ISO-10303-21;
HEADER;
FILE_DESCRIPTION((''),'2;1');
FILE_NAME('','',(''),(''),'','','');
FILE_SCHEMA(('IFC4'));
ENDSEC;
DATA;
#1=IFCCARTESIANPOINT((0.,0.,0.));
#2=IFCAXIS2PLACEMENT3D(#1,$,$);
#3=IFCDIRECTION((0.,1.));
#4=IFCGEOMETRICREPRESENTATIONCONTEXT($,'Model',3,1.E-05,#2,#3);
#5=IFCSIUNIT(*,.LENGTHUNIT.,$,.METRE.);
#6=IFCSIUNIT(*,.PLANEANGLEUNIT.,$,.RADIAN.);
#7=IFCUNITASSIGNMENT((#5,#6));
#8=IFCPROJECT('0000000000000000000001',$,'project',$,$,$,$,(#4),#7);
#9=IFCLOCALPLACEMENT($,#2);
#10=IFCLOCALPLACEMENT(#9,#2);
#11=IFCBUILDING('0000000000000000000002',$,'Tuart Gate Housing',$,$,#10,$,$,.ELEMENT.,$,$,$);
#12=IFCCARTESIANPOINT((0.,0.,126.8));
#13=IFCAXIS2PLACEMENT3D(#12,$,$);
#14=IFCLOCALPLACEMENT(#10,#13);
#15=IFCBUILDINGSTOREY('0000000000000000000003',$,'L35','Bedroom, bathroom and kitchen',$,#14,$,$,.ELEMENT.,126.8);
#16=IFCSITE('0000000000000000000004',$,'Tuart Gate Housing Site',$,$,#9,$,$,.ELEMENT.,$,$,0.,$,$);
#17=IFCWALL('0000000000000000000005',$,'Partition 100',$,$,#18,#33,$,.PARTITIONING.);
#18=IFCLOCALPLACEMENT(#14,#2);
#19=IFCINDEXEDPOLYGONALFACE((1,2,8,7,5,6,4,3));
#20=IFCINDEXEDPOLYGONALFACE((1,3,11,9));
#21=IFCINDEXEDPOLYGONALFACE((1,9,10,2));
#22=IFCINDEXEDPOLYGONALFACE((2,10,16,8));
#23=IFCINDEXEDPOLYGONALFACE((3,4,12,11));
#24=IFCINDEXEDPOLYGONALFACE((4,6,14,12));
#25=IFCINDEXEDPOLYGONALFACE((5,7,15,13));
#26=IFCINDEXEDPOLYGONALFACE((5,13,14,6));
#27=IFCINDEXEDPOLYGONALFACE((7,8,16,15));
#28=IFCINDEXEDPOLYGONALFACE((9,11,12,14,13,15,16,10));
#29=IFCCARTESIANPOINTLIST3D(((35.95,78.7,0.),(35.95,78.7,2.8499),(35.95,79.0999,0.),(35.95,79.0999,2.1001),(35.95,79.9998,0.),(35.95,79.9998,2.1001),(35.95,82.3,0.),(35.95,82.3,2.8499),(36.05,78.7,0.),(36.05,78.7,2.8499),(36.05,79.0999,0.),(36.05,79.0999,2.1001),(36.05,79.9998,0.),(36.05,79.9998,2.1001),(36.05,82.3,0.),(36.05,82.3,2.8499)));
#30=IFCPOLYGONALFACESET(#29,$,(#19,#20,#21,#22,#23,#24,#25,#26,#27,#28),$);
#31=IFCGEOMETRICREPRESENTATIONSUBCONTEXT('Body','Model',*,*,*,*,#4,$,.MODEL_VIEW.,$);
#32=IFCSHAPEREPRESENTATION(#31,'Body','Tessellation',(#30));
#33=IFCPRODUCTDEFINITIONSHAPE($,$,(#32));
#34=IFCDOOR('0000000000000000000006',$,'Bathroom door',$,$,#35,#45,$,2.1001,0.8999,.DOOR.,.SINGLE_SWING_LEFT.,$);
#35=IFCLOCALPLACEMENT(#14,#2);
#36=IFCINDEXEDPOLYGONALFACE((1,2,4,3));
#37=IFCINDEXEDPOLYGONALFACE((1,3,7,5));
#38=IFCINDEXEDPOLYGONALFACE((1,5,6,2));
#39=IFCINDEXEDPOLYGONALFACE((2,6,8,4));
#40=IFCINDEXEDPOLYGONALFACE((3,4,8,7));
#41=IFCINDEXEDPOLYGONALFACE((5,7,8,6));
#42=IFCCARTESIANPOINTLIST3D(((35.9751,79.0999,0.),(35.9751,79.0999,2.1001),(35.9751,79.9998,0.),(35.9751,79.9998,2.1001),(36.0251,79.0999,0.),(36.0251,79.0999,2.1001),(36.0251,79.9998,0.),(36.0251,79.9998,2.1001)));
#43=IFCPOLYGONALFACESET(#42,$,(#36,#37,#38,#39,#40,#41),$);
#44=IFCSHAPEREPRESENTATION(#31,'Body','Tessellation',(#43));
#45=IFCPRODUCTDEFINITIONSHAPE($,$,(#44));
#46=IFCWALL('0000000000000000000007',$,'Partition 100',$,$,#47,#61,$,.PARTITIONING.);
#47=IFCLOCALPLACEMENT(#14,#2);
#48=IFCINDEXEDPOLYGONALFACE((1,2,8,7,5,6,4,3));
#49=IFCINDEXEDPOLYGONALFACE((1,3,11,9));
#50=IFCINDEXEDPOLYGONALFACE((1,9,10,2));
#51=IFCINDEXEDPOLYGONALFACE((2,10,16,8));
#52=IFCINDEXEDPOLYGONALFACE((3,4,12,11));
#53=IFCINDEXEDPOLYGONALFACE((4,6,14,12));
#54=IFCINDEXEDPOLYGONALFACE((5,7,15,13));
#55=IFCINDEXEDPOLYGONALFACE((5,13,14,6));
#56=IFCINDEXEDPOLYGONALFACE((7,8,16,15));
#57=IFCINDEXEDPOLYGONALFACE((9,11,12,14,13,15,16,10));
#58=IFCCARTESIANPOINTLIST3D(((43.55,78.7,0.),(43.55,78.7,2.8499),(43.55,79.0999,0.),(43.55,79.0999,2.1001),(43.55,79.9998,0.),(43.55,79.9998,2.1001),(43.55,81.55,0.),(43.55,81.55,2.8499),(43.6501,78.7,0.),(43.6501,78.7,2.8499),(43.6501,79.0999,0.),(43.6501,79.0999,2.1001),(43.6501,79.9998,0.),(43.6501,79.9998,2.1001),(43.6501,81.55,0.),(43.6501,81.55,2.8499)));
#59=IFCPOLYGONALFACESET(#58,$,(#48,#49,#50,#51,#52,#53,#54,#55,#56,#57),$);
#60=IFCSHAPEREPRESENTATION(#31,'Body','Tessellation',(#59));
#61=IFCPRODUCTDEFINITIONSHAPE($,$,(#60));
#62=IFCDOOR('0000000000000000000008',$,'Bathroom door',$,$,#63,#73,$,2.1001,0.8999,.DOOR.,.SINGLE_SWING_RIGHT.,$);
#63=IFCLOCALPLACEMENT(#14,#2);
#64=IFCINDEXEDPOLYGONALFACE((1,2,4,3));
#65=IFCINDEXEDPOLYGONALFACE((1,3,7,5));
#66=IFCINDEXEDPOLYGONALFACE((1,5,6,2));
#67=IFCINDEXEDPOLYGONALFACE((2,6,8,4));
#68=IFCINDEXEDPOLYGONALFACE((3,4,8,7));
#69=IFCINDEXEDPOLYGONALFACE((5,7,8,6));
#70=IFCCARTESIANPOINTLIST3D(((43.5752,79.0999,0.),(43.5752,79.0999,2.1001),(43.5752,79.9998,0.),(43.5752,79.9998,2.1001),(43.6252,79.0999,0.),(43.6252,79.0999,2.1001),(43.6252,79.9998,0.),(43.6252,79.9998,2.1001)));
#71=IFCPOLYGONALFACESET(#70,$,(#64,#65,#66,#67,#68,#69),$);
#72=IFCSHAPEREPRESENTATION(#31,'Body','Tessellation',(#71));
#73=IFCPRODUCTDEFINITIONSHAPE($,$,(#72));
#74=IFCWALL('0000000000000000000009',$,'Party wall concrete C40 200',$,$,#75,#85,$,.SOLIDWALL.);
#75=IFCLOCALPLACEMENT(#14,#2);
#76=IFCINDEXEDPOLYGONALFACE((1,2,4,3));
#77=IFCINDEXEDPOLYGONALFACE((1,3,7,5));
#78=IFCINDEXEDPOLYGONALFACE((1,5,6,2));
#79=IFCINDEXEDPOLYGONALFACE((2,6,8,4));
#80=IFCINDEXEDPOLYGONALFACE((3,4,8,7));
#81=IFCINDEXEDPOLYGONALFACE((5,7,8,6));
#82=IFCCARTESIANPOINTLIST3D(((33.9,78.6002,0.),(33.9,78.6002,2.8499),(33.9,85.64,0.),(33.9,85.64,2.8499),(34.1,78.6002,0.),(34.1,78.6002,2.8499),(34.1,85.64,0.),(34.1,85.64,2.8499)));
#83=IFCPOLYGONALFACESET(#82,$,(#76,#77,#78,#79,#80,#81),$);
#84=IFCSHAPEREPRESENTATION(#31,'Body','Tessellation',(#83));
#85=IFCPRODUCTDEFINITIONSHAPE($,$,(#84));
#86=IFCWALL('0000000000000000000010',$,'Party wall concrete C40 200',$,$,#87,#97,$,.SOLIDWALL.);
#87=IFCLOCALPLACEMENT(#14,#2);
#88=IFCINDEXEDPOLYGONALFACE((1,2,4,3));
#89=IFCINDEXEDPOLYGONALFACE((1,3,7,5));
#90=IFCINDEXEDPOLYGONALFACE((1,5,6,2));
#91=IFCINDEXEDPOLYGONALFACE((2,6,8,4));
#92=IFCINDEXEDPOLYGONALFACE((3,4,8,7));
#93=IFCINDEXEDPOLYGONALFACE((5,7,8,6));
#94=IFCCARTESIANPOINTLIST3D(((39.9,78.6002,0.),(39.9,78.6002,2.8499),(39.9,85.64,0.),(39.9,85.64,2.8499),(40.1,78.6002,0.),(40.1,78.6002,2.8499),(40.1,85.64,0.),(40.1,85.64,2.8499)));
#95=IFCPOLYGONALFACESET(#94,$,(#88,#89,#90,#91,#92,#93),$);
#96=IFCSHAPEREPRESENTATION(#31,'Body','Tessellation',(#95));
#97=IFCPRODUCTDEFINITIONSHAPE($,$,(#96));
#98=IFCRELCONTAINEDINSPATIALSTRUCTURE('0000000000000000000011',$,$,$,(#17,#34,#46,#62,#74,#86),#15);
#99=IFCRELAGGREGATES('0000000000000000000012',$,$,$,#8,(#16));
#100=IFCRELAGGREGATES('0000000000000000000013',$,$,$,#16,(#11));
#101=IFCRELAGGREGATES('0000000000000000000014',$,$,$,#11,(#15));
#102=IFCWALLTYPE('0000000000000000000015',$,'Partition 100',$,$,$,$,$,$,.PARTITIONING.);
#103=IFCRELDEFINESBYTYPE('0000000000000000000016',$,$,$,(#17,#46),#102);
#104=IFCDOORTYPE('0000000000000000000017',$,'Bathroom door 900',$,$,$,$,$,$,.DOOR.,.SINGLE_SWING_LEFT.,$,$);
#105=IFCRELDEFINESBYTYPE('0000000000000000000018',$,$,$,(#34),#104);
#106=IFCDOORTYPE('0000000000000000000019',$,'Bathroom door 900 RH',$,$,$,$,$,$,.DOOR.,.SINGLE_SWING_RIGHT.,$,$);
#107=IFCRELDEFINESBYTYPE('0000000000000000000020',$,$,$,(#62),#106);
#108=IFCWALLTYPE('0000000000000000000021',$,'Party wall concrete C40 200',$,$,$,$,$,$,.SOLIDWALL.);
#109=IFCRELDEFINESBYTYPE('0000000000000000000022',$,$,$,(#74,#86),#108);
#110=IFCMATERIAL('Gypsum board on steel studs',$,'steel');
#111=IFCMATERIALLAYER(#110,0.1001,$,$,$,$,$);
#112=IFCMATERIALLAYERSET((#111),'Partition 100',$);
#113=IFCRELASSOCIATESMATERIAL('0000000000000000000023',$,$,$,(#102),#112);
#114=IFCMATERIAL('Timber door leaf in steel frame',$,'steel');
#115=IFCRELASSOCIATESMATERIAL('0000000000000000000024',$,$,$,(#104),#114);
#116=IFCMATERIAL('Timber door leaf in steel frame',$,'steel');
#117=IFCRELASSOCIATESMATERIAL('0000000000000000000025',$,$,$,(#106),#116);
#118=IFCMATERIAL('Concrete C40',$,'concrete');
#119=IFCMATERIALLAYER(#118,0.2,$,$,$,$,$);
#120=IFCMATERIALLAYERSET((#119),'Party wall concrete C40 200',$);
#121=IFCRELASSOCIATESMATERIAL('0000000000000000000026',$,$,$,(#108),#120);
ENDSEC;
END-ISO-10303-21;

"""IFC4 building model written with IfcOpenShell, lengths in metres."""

from ifc_helpers import new_model, si_unit, direction, frame, frame_2d, origin, place, context, subcontext, project, spatial, rectangle, extrude, material, layer, layer_set, type_object, element, fill, save


model = new_model("IFC4")

# Units and contexts
model_context = context("Model", 3, precision=1e-05, world=origin(), true_north=direction((0.0, 1.0)))
body_context = subcontext(model_context, "Body", "Model", "MODEL_VIEW")
ifc_project = project(units=[si_unit("LENGTHUNIT", "METRE"), si_unit("PLANEANGLEUNIT", "RADIAN")], contexts=[model_context])

# Site, building, storey
site_placement = place(None, origin())
site = spatial("IfcSite", under=ifc_project, at=site_placement, Name="Tuart Gate Housing Site", CompositionType="ELEMENT", RefElevation=0.0)
building_placement = place(site_placement, origin())
building = spatial("IfcBuilding", under=site, at=building_placement, Name="Tuart Gate Housing", CompositionType="ELEMENT")
storey_placement = place(building_placement, frame((0.0, 0.0, 126.8)))
storey = spatial("IfcBuildingStorey", under=building, at=storey_placement, Name="L35", Description="Bedroom, bathroom and kitchen", CompositionType="ELEMENT", Elevation=126.8)

# Shared definitions
ifc_material_1 = material(Name="Gypsum board on steel studs", Category="steel")
ifc_layer_1 = layer(ifc_material_1, 0.1001)
ifc_layer_set_1 = layer_set([ifc_layer_1], Name="Partition 100")
wall_type_1 = type_object("IfcWallType", Name="Partition 100", PredefinedType="PARTITIONING", material=ifc_layer_set_1)

# Walls, openings, doors
wall_1_placement = place(storey_placement, frame((36.0, 78.7, 0.0), z_axis=(0.0, 0.0, 1.0), x_axis=(0.0, 1.0, 0.0)))
wall_1 = element("IfcWall", 1, at=wall_1_placement, inside=storey, type_object=wall_type_1, Name="Partition 100", PredefinedType="PARTITIONING", context=body_context, shape_type="SweptSolid", body=[
    extrude(rectangle(XDim=3.6001, YDim=0.1001, at=frame_2d((1.8, 0.0))), origin(), (0.0, 0.0, 1.0), 2.8499),
])
opening_1_placement = place(wall_1_placement, frame((0.3999, 0.0, 0.0)))
opening_1 = element("IfcOpeningElement", 2, at=opening_1_placement, cuts=wall_1, PredefinedType="OPENING", context=body_context, shape_type="SweptSolid", body=[
    extrude(rectangle(XDim=0.8999, YDim=2.1001, at=frame_2d((0.45, 1.05))), frame((0.0, 0.0601, 0.0), z_axis=(0.0, -1.0, 0.0), x_axis=(1.0, 0.0, 0.0)), (0.0, 0.0, 1.0), 0.1201),
])
ifc_material_2 = material(Name="Timber door leaf in steel frame", Category="steel")
door_type_1 = type_object("IfcDoorType", Name="Bathroom door 900", OperationType="SINGLE_SWING_LEFT", PredefinedType="DOOR", material=ifc_material_2)
door_1_placement = place(opening_1_placement, origin())
door_1 = element("IfcDoor", 3, at=door_1_placement, inside=storey, type_object=door_type_1, Name="Bathroom door", OperationType="SINGLE_SWING_LEFT", OverallHeight=2.1001, OverallWidth=0.8999, PredefinedType="DOOR", context=body_context, shape_type="SweptSolid", body=[
    extrude(rectangle(XDim=0.8999, YDim=2.1001, at=frame_2d((0.45, 1.05))), frame((0.0, 0.0249, 0.0), z_axis=(0.0, -1.0, 0.0), x_axis=(1.0, 0.0, 0.0)), (0.0, 0.0, 1.0), 0.05),
])
fill(opening_1, door_1)
wall_2_placement = place(storey_placement, frame((43.6001, 78.7, 0.0), z_axis=(0.0, 0.0, 1.0), x_axis=(0.0, 1.0, 0.0)))
wall_2 = element("IfcWall", 4, at=wall_2_placement, inside=storey, type_object=wall_type_1, Name="Partition 100", PredefinedType="PARTITIONING", context=body_context, shape_type="SweptSolid", body=[
    extrude(rectangle(XDim=2.8501, YDim=0.1001, at=frame_2d((1.425, 0.0))), origin(), (0.0, 0.0, 1.0), 2.8499),
])
opening_2_placement = place(wall_2_placement, frame((0.3999, 0.0, 0.0)))
opening_2 = element("IfcOpeningElement", 5, at=opening_2_placement, cuts=wall_2, PredefinedType="OPENING", context=body_context, shape_type="SweptSolid", body=[
    extrude(rectangle(XDim=0.8999, YDim=2.1001, at=frame_2d((0.45, 1.05))), frame((0.0, 0.0601, 0.0), z_axis=(0.0, -1.0, 0.0), x_axis=(1.0, 0.0, 0.0)), (0.0, 0.0, 1.0), 0.1201),
])
ifc_material_3 = material(Name="Timber door leaf in steel frame", Category="steel")
door_type_2 = type_object("IfcDoorType", Name="Bathroom door 900 RH", OperationType="SINGLE_SWING_RIGHT", PredefinedType="DOOR", material=ifc_material_3)
door_2_placement = place(opening_2_placement, frame((0.8999, 0.0, 0.0), z_axis=(0.0, 0.0, 1.0), x_axis=(-1.0, 0.0, 0.0)))
door_2 = element("IfcDoor", 6, at=door_2_placement, inside=storey, type_object=door_type_2, Name="Bathroom door", OperationType="SINGLE_SWING_RIGHT", OverallHeight=2.1001, OverallWidth=0.8999, PredefinedType="DOOR", context=body_context, shape_type="SweptSolid", body=[
    extrude(rectangle(XDim=0.8999, YDim=2.1001, at=frame_2d((0.45, 1.05))), frame((0.0, 0.0251, 0.0), z_axis=(0.0, -1.0, 0.0), x_axis=(1.0, 0.0, 0.0)), (0.0, 0.0, 1.0), 0.05),
])
fill(opening_2, door_2)

# Walls
ifc_material_4 = material(Name="Concrete C40", Category="concrete")
ifc_layer_2 = layer(ifc_material_4, 0.2)
ifc_layer_set_2 = layer_set([ifc_layer_2], Name="Party wall concrete C40 200")
wall_type_2 = type_object("IfcWallType", Name="Party wall concrete C40 200", PredefinedType="SOLIDWALL", material=ifc_layer_set_2)
for number, where, z_axis, x_axis, name in (
    (7, (34.0, 78.6001, 0.0), (0.0, 0.0, 1.0), (0.0, 1.0, 0.0), "Party wall concrete C40 200"),
    (8, (40.0, 78.6001, 0.0), (0.0, 0.0, 1.0), (0.0, 1.0, 0.0), "Party wall concrete C40 200"),
):
    element("IfcWall", number, at=place(storey_placement, frame(where, z_axis=z_axis, x_axis=x_axis)), inside=storey, type_object=wall_type_2, Name=name, PredefinedType="SOLIDWALL", context=body_context, shape_type="SweptSolid", body=[
        extrude(rectangle(XDim=7.0398, YDim=0.2, at=frame_2d((3.52, 0.0))), origin(), (0.0, 0.0, 1.0), 2.8499),
    ])

save(model, "model.ifc")
